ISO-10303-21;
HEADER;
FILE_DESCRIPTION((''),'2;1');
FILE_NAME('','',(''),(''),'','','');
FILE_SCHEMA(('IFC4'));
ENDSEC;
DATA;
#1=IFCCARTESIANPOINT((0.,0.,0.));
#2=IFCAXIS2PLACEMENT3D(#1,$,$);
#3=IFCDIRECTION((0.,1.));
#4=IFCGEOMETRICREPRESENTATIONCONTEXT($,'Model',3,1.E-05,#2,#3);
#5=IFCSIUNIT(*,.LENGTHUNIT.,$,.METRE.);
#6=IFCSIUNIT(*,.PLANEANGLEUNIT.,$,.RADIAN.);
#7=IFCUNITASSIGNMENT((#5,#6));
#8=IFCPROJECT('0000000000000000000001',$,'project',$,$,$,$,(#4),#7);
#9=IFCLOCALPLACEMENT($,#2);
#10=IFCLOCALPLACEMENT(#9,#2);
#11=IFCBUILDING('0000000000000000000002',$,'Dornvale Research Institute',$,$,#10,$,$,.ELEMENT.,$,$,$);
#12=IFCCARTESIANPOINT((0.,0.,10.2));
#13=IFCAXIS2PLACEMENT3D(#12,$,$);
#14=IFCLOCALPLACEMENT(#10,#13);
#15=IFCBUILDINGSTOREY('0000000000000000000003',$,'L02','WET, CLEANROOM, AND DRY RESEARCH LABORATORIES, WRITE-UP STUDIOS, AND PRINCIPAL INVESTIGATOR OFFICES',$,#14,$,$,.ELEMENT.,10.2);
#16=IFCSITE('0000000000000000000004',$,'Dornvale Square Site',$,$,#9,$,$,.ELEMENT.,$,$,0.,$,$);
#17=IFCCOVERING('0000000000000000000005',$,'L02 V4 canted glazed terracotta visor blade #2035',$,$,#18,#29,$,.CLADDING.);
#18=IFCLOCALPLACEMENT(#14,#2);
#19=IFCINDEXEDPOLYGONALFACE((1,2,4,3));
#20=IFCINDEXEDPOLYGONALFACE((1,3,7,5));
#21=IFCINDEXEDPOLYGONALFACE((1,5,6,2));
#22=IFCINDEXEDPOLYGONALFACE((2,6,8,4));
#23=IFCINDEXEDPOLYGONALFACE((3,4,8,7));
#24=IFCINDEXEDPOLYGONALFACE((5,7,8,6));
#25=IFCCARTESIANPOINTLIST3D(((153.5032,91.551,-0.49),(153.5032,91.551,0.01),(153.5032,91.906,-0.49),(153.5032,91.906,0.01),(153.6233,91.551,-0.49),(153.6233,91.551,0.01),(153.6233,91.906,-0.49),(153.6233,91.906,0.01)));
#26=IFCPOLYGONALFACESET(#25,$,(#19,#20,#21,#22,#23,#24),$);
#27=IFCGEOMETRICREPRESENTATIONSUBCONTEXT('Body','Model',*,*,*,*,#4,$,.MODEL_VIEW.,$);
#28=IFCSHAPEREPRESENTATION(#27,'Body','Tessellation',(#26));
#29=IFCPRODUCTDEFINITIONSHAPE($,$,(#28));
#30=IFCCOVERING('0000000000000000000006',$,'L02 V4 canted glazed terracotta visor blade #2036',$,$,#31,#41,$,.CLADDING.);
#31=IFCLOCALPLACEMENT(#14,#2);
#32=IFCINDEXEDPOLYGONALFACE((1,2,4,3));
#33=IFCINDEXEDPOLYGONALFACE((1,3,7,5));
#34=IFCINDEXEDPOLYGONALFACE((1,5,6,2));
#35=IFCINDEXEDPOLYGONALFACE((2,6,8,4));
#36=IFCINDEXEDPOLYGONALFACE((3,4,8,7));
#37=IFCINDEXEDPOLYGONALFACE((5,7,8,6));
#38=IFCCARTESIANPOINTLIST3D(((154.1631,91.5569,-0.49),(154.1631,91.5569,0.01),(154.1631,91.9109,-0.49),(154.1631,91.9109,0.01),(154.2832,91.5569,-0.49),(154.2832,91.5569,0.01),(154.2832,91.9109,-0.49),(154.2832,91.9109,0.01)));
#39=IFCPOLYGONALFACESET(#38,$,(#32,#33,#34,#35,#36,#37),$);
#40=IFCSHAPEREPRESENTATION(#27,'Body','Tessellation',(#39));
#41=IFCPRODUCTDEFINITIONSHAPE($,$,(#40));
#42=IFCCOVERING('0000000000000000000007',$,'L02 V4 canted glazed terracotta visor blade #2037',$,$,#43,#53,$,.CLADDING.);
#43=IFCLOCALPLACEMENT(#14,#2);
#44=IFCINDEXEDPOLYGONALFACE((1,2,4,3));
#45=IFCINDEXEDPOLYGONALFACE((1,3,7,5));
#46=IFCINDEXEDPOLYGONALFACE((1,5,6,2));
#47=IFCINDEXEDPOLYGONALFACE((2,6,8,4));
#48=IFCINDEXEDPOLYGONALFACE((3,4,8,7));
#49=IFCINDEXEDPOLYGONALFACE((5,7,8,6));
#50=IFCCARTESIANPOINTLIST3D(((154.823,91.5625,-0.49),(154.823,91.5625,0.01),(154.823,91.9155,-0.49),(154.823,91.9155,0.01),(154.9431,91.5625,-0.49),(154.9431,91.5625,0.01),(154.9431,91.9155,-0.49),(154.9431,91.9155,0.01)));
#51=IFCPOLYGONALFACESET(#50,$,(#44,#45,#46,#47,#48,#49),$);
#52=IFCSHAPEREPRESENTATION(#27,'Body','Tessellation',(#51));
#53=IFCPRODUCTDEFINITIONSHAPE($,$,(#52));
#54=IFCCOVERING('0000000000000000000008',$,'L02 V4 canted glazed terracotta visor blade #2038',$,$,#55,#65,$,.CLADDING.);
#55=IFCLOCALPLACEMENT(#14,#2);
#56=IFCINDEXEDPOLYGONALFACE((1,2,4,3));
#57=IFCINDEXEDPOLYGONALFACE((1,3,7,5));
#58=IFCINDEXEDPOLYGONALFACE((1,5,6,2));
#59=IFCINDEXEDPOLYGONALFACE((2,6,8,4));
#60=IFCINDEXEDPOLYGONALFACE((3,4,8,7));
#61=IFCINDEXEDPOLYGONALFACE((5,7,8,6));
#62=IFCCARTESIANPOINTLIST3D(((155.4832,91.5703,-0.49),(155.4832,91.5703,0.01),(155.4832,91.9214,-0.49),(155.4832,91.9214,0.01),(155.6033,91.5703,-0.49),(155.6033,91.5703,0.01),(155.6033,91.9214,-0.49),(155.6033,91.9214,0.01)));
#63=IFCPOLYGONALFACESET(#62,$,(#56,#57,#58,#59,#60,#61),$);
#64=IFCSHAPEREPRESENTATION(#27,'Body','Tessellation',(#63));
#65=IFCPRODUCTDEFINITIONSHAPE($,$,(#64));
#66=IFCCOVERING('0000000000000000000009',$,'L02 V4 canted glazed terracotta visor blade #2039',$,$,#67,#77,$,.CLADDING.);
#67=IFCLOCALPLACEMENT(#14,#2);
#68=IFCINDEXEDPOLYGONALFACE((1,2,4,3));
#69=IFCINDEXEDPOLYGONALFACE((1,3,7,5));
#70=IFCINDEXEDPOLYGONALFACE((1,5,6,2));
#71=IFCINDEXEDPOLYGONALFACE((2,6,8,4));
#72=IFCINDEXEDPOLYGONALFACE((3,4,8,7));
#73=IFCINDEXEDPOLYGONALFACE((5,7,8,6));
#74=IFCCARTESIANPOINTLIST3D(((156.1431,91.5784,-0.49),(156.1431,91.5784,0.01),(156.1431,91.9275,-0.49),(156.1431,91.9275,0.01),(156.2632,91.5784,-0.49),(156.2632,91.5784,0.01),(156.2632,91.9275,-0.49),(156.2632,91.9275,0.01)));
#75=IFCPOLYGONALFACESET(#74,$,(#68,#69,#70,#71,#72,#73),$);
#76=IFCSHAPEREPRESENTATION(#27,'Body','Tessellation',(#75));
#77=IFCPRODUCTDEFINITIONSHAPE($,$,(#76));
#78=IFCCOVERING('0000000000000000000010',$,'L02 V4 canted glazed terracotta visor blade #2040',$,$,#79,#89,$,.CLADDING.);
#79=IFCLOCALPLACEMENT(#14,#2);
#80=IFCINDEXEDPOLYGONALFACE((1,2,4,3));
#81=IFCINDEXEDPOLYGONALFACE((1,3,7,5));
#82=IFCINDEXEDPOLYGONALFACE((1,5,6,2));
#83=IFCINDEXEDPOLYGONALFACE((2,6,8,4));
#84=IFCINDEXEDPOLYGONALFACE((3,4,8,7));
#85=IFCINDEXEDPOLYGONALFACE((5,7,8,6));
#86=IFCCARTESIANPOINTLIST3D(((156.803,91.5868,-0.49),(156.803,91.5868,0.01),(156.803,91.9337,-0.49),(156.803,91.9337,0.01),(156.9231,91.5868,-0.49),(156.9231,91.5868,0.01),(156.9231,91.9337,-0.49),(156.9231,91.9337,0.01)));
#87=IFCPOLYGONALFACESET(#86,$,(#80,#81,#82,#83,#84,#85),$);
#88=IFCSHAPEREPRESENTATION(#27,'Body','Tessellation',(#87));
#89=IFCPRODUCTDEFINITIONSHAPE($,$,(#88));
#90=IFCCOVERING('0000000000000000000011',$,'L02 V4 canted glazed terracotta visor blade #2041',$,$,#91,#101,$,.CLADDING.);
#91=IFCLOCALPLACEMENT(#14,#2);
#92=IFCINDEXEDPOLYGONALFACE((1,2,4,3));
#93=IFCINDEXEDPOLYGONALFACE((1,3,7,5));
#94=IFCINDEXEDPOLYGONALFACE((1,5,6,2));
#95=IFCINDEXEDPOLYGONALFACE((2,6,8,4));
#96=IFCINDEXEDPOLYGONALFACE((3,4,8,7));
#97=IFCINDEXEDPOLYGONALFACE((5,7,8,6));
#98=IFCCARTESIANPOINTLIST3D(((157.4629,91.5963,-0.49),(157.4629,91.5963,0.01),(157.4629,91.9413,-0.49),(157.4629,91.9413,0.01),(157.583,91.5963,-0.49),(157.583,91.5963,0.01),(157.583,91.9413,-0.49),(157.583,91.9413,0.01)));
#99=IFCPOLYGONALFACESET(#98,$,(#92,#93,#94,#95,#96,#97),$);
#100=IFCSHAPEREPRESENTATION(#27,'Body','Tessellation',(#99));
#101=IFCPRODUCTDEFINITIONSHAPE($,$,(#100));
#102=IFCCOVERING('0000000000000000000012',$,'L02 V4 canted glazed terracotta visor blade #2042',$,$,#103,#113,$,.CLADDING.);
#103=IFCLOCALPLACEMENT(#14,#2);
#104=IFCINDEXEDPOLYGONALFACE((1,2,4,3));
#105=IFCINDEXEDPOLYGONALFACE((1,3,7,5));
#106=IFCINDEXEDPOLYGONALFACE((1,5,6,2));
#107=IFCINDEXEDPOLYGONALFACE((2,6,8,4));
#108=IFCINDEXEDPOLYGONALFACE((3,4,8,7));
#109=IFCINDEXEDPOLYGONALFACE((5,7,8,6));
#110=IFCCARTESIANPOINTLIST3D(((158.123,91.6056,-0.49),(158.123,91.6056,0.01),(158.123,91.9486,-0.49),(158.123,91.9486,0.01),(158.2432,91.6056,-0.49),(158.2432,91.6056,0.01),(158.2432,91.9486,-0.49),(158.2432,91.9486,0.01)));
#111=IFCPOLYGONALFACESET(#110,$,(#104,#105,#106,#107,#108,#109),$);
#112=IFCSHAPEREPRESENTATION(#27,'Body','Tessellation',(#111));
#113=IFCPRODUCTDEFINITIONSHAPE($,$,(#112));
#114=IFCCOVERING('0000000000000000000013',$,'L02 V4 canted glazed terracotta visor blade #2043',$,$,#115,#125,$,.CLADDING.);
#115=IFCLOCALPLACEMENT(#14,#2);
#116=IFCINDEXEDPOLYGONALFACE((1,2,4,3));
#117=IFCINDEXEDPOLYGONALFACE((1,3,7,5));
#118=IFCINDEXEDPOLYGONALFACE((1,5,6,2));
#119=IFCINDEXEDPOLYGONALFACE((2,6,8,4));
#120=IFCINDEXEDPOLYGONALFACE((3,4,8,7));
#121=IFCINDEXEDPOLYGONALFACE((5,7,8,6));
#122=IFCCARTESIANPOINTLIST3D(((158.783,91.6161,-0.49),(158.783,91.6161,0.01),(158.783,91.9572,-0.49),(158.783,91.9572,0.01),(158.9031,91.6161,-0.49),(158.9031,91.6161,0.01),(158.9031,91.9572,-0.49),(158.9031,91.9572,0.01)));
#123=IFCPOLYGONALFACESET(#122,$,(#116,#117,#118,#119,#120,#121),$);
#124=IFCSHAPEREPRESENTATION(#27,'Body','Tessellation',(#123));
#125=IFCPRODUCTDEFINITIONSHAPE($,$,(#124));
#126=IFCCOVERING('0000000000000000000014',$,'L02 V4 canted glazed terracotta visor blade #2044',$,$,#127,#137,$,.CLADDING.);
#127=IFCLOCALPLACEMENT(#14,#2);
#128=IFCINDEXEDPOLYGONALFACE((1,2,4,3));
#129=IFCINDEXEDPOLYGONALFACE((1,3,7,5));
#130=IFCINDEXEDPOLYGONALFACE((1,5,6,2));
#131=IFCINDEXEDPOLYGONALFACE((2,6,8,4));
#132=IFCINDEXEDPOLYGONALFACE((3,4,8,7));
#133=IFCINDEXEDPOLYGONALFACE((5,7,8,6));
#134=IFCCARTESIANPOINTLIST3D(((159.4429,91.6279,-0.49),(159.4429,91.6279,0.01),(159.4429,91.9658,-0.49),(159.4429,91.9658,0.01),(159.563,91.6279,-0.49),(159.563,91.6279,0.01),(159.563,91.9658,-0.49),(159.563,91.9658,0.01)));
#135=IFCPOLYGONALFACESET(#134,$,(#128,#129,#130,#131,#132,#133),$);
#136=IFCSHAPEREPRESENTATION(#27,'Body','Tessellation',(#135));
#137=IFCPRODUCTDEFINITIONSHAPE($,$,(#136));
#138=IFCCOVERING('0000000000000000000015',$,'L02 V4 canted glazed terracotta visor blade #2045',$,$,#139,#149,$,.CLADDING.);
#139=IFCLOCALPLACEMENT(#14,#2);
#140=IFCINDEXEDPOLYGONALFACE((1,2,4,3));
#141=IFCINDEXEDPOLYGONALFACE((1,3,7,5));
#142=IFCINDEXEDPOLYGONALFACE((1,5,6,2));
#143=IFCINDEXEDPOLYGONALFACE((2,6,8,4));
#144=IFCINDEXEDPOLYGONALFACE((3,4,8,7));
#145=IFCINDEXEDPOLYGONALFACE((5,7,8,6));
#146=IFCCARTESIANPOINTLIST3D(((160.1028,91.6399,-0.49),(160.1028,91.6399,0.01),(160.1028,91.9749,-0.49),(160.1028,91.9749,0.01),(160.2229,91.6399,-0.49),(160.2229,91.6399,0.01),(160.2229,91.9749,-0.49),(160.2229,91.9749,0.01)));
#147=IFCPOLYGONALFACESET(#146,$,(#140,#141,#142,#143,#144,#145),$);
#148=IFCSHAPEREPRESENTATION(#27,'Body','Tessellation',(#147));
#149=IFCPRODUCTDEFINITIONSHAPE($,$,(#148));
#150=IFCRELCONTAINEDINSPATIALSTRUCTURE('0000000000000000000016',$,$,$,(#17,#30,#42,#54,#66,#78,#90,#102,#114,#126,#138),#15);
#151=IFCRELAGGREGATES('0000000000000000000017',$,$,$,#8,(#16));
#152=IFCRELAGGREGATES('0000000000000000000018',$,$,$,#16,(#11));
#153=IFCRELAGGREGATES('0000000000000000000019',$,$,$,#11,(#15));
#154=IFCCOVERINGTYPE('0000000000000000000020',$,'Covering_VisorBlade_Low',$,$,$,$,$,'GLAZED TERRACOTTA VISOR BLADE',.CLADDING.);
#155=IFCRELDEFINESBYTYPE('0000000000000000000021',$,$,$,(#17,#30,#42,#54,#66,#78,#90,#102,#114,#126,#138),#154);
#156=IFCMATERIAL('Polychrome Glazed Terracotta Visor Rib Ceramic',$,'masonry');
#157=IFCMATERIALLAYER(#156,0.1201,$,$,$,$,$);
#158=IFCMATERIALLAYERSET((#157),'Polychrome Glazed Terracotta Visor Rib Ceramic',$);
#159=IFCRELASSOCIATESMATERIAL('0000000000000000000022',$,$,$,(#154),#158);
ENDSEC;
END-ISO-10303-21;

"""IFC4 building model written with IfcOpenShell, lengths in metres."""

from ifc_helpers import new_model, si_unit, direction, frame, origin, origin_2d, place, context, subcontext, project, spatial, rectangle, extrude, material, layer, layer_set, type_object, element, save


model = new_model("IFC4")

# Units and contexts
model_context = context("Model", 3, precision=1e-05, world=origin(), true_north=direction((0.0, 1.0)))
body_context = subcontext(model_context, "Body", "Model", "MODEL_VIEW")
ifc_project = project(units=[si_unit("LENGTHUNIT", "METRE"), si_unit("PLANEANGLEUNIT", "RADIAN")], contexts=[model_context])

# Site, building, storey
site_placement = place(None, origin())
site = spatial("IfcSite", under=ifc_project, at=site_placement, Name="Dornvale Square Site", CompositionType="ELEMENT", RefElevation=0.0)
building_placement = place(site_placement, origin())
building = spatial("IfcBuilding", under=site, at=building_placement, Name="Dornvale Research Institute", CompositionType="ELEMENT")
storey_placement = place(building_placement, frame((0.0, 0.0, 10.2)))
storey = spatial("IfcBuildingStorey", under=building, at=storey_placement, Name="L02", Description="WET, CLEANROOM, AND DRY RESEARCH LABORATORIES, WRITE-UP STUDIOS, AND PRINCIPAL INVESTIGATOR OFFICES", CompositionType="ELEMENT", Elevation=10.2)

# Coverings
ifc_material = material(Name="Polychrome Glazed Terracotta Visor Rib Ceramic", Category="masonry")
ifc_layer = layer(ifc_material, 0.1201)
ifc_layer_set = layer_set([ifc_layer], Name="Polychrome Glazed Terracotta Visor Rib Ceramic")
covering_type = type_object("IfcCoveringType", Name="Covering_VisorBlade_Low", ElementType="GLAZED TERRACOTTA VISOR BLADE", PredefinedType="CLADDING", material=ifc_layer_set)
covering_1_placement = place(storey_placement, frame((153.5632, 91.7285, -0.49), z_axis=(0.0, 0.0, 1.0), x_axis=(0.0, 1.0, 0.0)))
element("IfcCovering", 1, at=covering_1_placement, inside=storey, type_object=covering_type, Name="L02 V4 canted glazed terracotta visor blade #2035", PredefinedType="CLADDING", context=body_context, shape_type="SweptSolid", body=[
    extrude(rectangle(XDim=0.355, YDim=0.1201, at=origin_2d()), origin(), (0.0, 0.0, 1.0), 0.5),
])
covering_2_placement = place(storey_placement, frame((154.2231, 91.7339, -0.49), z_axis=(0.0, 0.0, 1.0), x_axis=(0.0, 1.0, 0.0)))
element("IfcCovering", 2, at=covering_2_placement, inside=storey, type_object=covering_type, Name="L02 V4 canted glazed terracotta visor blade #2036", PredefinedType="CLADDING", context=body_context, shape_type="SweptSolid", body=[
    extrude(rectangle(XDim=0.354, YDim=0.1201, at=origin_2d()), origin(), (0.0, 0.0, 1.0), 0.5),
])
covering_3_placement = place(storey_placement, frame((154.8831, 91.739, -0.49), z_axis=(0.0, 0.0, 1.0), x_axis=(0.0, 1.0, 0.0)))
element("IfcCovering", 3, at=covering_3_placement, inside=storey, type_object=covering_type, Name="L02 V4 canted glazed terracotta visor blade #2037", PredefinedType="CLADDING", context=body_context, shape_type="SweptSolid", body=[
    extrude(rectangle(XDim=0.353, YDim=0.1201, at=origin_2d()), origin(), (0.0, 0.0, 1.0), 0.5),
])
covering_4_placement = place(storey_placement, frame((155.5432, 91.7458, -0.49), z_axis=(0.0, 0.0, 1.0), x_axis=(0.0, 1.0, 0.0)))
element("IfcCovering", 4, at=covering_4_placement, inside=storey, type_object=covering_type, Name="L02 V4 canted glazed terracotta visor blade #2038", PredefinedType="CLADDING", context=body_context, shape_type="SweptSolid", body=[
    extrude(rectangle(XDim=0.3511, YDim=0.1201, at=origin_2d()), origin(), (0.0, 0.0, 1.0), 0.5),
])
covering_5_placement = place(storey_placement, frame((156.2031, 91.7529, -0.49), z_axis=(0.0, 0.0, 1.0), x_axis=(0.0, 1.0, 0.0)))
element("IfcCovering", 5, at=covering_5_placement, inside=storey, type_object=covering_type, Name="L02 V4 canted glazed terracotta visor blade #2039", PredefinedType="CLADDING", context=body_context, shape_type="SweptSolid", body=[
    extrude(rectangle(XDim=0.3491, YDim=0.1201, at=origin_2d()), origin(), (0.0, 0.0, 1.0), 0.5),
])
covering_6_placement = place(storey_placement, frame((156.863, 91.7603, -0.49), z_axis=(0.0, 0.0, 1.0), x_axis=(0.0, 1.0, 0.0)))
element("IfcCovering", 6, at=covering_6_placement, inside=storey, type_object=covering_type, Name="L02 V4 canted glazed terracotta visor blade #2040", PredefinedType="CLADDING", context=body_context, shape_type="SweptSolid", body=[
    extrude(rectangle(XDim=0.3469, YDim=0.1201, at=origin_2d()), origin(), (0.0, 0.0, 1.0), 0.5),
])
covering_7_placement = place(storey_placement, frame((157.5229, 91.7688, -0.49), z_axis=(0.0, 0.0, 1.0), x_axis=(0.0, 1.0, 0.0)))
element("IfcCovering", 7, at=covering_7_placement, inside=storey, type_object=covering_type, Name="L02 V4 canted glazed terracotta visor blade #2041", PredefinedType="CLADDING", context=body_context, shape_type="SweptSolid", body=[
    extrude(rectangle(XDim=0.345, YDim=0.1201, at=origin_2d()), origin(), (0.0, 0.0, 1.0), 0.5),
])
covering_8_placement = place(storey_placement, frame((158.1831, 91.7771, -0.49), z_axis=(0.0, 0.0, 1.0), x_axis=(0.0, 1.0, 0.0)))
element("IfcCovering", 8, at=covering_8_placement, inside=storey, type_object=covering_type, Name="L02 V4 canted glazed terracotta visor blade #2042", PredefinedType="CLADDING", context=body_context, shape_type="SweptSolid", body=[
    extrude(rectangle(XDim=0.343, YDim=0.1201, at=origin_2d()), origin(), (0.0, 0.0, 1.0), 0.5),
])
covering_9_placement = place(storey_placement, frame((158.843, 91.7866, -0.49), z_axis=(0.0, 0.0, 1.0), x_axis=(0.0, 1.0, 0.0)))
element("IfcCovering", 9, at=covering_9_placement, inside=storey, type_object=covering_type, Name="L02 V4 canted glazed terracotta visor blade #2043", PredefinedType="CLADDING", context=body_context, shape_type="SweptSolid", body=[
    extrude(rectangle(XDim=0.3411, YDim=0.1201, at=origin_2d()), origin(), (0.0, 0.0, 1.0), 0.5),
])
covering_10_placement = place(storey_placement, frame((159.5029, 91.7969, -0.49), z_axis=(0.0, 0.0, 1.0), x_axis=(0.0, 1.0, 0.0)))
element("IfcCovering", 10, at=covering_10_placement, inside=storey, type_object=covering_type, Name="L02 V4 canted glazed terracotta visor blade #2044", PredefinedType="CLADDING", context=body_context, shape_type="SweptSolid", body=[
    extrude(rectangle(XDim=0.3379, YDim=0.1201, at=origin_2d()), origin(), (0.0, 0.0, 1.0), 0.5),
])
covering_11_placement = place(storey_placement, frame((160.1628, 91.8074, -0.49), z_axis=(0.0, 0.0, 1.0), x_axis=(0.0, 1.0, 0.0)))
element("IfcCovering", 11, at=covering_11_placement, inside=storey, type_object=covering_type, Name="L02 V4 canted glazed terracotta visor blade #2045", PredefinedType="CLADDING", context=body_context, shape_type="SweptSolid", body=[
    extrude(rectangle(XDim=0.335, YDim=0.1201, at=origin_2d()), origin(), (0.0, 0.0, 1.0), 0.5),
])

save(model, "model.ifc")
